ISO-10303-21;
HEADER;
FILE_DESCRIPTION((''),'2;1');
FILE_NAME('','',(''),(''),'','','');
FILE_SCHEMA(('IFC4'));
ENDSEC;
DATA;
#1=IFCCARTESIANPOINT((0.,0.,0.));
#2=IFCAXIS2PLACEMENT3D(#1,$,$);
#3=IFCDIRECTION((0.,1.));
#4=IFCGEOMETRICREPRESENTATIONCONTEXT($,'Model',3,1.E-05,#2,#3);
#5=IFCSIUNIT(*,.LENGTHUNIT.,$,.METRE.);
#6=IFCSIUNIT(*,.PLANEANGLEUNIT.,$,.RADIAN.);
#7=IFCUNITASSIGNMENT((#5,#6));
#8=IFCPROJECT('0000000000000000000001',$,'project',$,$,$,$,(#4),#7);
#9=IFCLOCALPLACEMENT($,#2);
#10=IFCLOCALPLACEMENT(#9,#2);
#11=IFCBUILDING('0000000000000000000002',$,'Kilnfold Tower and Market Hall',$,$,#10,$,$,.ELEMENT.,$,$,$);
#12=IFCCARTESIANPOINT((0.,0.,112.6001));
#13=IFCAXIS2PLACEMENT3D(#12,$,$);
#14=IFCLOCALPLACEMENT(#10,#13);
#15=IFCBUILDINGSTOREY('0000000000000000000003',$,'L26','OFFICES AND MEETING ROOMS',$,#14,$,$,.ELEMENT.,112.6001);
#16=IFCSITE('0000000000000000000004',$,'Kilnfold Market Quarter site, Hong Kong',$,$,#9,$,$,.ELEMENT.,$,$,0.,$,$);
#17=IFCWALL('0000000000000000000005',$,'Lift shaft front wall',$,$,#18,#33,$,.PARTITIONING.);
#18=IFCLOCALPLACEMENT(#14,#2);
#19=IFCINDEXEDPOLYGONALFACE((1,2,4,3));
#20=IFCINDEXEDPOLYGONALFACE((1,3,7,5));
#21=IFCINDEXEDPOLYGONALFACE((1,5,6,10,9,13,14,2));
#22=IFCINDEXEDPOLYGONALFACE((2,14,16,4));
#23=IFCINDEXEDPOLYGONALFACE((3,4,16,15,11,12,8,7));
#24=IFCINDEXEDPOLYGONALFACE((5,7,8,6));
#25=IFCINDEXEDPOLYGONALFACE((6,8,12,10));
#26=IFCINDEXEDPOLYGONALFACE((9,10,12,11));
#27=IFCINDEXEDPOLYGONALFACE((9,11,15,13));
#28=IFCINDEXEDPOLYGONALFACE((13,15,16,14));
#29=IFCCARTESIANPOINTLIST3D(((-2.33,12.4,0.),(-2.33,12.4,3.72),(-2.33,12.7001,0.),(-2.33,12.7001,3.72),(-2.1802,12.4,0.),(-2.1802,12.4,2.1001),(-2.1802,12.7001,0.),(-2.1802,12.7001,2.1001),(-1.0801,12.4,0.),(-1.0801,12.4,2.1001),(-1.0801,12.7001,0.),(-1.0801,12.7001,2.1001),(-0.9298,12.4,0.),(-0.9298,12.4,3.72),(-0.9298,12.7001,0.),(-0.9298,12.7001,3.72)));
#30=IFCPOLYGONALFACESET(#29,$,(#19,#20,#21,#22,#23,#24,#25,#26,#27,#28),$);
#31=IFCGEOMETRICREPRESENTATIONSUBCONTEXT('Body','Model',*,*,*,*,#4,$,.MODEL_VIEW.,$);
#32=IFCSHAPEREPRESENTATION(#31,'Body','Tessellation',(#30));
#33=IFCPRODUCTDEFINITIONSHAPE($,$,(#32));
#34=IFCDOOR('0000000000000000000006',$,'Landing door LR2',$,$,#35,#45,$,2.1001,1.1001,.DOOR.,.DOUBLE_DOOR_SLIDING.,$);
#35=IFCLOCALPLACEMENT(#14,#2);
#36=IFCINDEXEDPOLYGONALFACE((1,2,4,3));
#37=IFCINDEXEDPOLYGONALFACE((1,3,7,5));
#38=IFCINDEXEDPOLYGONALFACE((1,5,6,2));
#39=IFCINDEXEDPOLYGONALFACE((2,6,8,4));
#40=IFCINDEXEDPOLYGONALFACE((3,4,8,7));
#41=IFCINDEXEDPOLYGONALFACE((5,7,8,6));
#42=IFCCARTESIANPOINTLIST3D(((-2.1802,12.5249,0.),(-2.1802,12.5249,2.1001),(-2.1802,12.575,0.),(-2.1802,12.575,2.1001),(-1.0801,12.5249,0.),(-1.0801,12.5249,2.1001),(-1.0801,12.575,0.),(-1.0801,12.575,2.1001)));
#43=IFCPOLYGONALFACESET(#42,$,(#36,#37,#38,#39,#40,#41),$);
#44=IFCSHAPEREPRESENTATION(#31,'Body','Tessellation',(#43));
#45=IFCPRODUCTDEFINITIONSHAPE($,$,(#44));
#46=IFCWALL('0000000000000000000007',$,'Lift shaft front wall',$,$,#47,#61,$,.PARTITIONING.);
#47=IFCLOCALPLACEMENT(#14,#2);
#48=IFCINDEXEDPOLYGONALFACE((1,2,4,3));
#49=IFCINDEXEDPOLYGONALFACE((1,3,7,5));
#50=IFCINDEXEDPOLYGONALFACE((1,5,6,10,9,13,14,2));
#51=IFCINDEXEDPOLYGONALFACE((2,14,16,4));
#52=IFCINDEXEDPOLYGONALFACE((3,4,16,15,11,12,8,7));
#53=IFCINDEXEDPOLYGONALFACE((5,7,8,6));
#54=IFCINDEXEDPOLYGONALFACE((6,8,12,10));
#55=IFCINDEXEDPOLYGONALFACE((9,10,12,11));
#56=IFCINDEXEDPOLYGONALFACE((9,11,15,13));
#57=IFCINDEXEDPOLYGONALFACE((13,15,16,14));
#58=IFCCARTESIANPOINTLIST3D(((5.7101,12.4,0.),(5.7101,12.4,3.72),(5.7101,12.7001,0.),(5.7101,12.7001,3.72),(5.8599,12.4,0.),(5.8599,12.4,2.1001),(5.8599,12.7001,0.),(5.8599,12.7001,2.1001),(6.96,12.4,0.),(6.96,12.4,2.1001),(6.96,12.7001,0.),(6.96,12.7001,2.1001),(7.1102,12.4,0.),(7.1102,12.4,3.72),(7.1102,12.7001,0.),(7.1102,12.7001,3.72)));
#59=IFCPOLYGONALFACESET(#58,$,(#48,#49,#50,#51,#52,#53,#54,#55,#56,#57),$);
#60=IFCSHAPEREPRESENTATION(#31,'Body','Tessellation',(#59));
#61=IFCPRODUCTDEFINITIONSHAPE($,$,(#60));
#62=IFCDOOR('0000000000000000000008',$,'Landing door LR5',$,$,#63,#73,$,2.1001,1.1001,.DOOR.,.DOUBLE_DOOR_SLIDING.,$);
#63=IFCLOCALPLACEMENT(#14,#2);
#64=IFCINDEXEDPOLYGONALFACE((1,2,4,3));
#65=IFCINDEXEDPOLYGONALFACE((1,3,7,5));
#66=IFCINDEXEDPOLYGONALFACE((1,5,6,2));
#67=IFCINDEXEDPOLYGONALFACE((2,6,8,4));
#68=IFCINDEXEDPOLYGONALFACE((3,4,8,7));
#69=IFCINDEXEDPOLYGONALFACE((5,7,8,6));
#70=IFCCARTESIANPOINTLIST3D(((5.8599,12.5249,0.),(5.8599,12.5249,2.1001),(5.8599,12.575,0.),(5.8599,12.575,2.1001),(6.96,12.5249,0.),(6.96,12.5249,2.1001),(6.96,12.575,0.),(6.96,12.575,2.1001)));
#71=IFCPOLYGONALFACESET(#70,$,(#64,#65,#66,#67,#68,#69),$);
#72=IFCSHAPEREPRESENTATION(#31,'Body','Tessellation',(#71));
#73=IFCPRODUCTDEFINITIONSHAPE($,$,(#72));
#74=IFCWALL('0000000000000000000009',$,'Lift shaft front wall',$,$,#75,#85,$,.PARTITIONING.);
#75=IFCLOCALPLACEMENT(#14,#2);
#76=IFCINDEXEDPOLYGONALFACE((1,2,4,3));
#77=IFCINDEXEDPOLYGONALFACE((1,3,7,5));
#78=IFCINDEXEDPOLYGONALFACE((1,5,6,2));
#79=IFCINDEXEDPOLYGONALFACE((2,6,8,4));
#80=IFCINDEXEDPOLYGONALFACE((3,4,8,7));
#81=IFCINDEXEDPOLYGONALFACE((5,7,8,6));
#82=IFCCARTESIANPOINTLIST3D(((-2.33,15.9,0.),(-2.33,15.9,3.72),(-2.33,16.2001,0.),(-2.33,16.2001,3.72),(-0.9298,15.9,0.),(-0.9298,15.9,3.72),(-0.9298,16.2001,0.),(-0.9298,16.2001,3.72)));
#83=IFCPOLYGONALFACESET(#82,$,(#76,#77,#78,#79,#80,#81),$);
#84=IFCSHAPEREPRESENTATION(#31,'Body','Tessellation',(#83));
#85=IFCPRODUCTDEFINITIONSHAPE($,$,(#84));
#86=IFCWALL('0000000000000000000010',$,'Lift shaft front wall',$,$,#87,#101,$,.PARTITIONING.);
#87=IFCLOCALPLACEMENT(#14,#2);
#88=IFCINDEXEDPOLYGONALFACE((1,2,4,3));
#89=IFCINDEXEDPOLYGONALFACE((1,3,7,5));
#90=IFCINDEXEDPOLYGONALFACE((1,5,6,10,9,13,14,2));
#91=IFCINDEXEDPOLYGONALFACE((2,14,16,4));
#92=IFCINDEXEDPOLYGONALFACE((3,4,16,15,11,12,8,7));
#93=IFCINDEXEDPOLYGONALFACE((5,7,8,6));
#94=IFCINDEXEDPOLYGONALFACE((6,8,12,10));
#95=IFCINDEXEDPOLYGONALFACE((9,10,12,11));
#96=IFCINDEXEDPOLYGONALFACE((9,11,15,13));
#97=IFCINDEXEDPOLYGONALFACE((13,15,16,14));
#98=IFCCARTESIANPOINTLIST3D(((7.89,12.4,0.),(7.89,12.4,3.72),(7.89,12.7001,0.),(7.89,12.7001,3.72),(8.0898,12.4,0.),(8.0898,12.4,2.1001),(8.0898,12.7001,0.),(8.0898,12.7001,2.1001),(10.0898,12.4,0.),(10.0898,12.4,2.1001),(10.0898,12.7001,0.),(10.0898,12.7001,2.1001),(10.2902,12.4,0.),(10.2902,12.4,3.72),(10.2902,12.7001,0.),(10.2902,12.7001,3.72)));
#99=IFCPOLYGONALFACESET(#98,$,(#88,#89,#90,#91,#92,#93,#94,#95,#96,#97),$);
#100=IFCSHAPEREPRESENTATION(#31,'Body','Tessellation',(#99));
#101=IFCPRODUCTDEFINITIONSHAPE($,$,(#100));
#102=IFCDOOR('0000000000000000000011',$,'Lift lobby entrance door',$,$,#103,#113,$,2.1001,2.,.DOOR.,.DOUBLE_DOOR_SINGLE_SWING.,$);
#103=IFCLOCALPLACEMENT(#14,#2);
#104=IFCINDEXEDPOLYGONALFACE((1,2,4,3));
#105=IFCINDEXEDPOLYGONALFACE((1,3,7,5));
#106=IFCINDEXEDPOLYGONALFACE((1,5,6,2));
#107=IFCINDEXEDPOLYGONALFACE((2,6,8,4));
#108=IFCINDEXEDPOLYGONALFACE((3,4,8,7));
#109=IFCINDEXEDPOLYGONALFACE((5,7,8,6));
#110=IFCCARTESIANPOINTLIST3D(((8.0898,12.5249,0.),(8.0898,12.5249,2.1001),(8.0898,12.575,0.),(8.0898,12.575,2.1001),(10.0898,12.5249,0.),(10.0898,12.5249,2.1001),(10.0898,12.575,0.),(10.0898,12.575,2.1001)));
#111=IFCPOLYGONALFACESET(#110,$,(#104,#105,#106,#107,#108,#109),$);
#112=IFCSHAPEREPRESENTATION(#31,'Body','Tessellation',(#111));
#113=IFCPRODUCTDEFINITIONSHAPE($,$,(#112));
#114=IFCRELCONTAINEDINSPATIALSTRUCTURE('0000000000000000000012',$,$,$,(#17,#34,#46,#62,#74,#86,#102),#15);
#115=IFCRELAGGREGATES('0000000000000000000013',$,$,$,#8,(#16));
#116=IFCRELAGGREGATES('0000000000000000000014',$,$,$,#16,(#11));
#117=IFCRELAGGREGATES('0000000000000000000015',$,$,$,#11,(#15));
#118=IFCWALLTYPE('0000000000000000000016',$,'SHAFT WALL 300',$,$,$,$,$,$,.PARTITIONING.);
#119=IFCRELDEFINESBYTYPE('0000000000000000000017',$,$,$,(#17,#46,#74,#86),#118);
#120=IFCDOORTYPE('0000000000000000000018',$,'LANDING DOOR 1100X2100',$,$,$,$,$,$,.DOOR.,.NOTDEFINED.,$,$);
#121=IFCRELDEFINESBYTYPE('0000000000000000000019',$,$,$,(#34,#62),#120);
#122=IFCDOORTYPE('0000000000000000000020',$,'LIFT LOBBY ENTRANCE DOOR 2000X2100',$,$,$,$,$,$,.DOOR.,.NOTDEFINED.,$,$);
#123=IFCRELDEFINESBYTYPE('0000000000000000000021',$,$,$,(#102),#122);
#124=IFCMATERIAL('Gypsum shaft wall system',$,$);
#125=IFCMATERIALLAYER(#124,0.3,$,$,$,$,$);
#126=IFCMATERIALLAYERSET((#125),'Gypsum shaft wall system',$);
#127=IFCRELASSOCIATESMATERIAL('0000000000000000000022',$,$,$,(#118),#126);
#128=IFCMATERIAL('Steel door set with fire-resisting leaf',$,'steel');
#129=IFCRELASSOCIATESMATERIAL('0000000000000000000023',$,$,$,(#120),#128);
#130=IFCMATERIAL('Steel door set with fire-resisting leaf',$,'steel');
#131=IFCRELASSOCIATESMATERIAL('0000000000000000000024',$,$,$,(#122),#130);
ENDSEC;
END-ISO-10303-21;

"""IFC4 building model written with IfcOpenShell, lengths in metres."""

from ifc_helpers import new_model, si_unit, direction, frame, frame_2d, origin, place, context, subcontext, project, spatial, rectangle, extrude, source, transform, mapped, material, layer, layer_set, type_object, element, fill, save


model = new_model("IFC4")

# Units and contexts
model_context = context("Model", 3, precision=1e-05, world=origin(), true_north=direction((0.0, 1.0)))
body_context = subcontext(model_context, "Body", "Model", "MODEL_VIEW")
ifc_project = project(units=[si_unit("LENGTHUNIT", "METRE"), si_unit("PLANEANGLEUNIT", "RADIAN")], contexts=[model_context])

# Site, building, storey
site_placement = place(None, origin())
site = spatial("IfcSite", under=ifc_project, at=site_placement, Name="Kilnfold Market Quarter site, Hong Kong", CompositionType="ELEMENT", RefElevation=0.0)
building_placement = place(site_placement, origin())
building = spatial("IfcBuilding", under=site, at=building_placement, Name="Kilnfold Tower and Market Hall", CompositionType="ELEMENT")
storey_placement = place(building_placement, frame((0.0, 0.0, 112.6001)))
storey = spatial("IfcBuildingStorey", under=building, at=storey_placement, Name="L26", Description="OFFICES AND MEETING ROOMS", CompositionType="ELEMENT", Elevation=112.6001)

# Shared definitions
ifc_material_1 = material(Name="Gypsum shaft wall system")
ifc_layer_1 = layer(ifc_material_1, 0.3)
ifc_layer_set_1 = layer_set([ifc_layer_1], Name="Gypsum shaft wall system")
wall_type_1 = type_object("IfcWallType", Name="SHAFT WALL 300", PredefinedType="PARTITIONING", material=ifc_layer_set_1)
ifc_material_2 = material(Name="Steel door set with fire-resisting leaf", Category="steel")
door_type_1 = type_object("IfcDoorType", Name="LANDING DOOR 1100X2100", OperationType="NOTDEFINED", PredefinedType="DOOR", material=ifc_material_2)

# Walls, openings, doors
shared_shape_1 = source(origin(), body_context, "Body", "SweptSolid", [
    extrude(rectangle(XDim=1.4001, YDim=0.3, at=frame_2d((0.7002, 0.0))), origin(), (0.0, 0.0, 1.0), 3.72),
])
wall_1_placement = place(storey_placement, frame((-2.3301, 12.55, 0.0), z_axis=(0.0, 0.0, 1.0), x_axis=(1.0, 0.0, 0.0)))
wall_1 = element("IfcWall", 1, at=wall_1_placement, inside=storey, type_object=wall_type_1, Name="Lift shaft front wall", PredefinedType="PARTITIONING", context=body_context, shape_type="MappedRepresentation", body=[
    mapped(shared_shape_1, transform((0.0, 0.0, 0.0))),
])
opening_1_placement = place(wall_1_placement, frame((0.1499, 0.0, 0.0)))
opening_1 = element("IfcOpeningElement", 2, at=opening_1_placement, cuts=wall_1, PredefinedType="OPENING", context=body_context, shape_type="SweptSolid", body=[
    extrude(rectangle(XDim=1.1001, YDim=2.1001, at=frame_2d((0.55, 1.05))), frame((0.0, 0.1602, 0.0), z_axis=(0.0, -1.0, 0.0), x_axis=(1.0, 0.0, 0.0)), (0.0, 0.0, 1.0), 0.3201),
])
door_1_placement = place(opening_1_placement, origin())
door_1 = element("IfcDoor", 3, at=door_1_placement, inside=storey, type_object=door_type_1, Name="Landing door LR2", OperationType="DOUBLE_DOOR_SLIDING", OverallHeight=2.1001, OverallWidth=1.1001, PredefinedType="DOOR", context=body_context, shape_type="SweptSolid", body=[
    extrude(rectangle(XDim=1.1001, YDim=2.1001, at=frame_2d((0.55, 1.05))), frame((0.0, 0.0249, 0.0), z_axis=(0.0, -1.0, 0.0), x_axis=(1.0, 0.0, 0.0)), (0.0, 0.0, 1.0), 0.05),
])
fill(opening_1, door_1)
wall_2_placement = place(storey_placement, frame((5.71, 12.55, 0.0), z_axis=(0.0, 0.0, 1.0), x_axis=(1.0, 0.0, 0.0)))
wall_2 = element("IfcWall", 4, at=wall_2_placement, inside=storey, type_object=wall_type_1, Name="Lift shaft front wall", PredefinedType="PARTITIONING", context=body_context, shape_type="MappedRepresentation", body=[
    mapped(shared_shape_1, transform((0.0, 0.0, 0.0))),
])
opening_2_placement = place(wall_2_placement, frame((0.1499, 0.0, 0.0)))
opening_2 = element("IfcOpeningElement", 5, at=opening_2_placement, cuts=wall_2, PredefinedType="OPENING", context=body_context, shape_type="SweptSolid", body=[
    extrude(rectangle(XDim=1.1001, YDim=2.1001, at=frame_2d((0.55, 1.05))), frame((0.0, 0.1602, 0.0), z_axis=(0.0, -1.0, 0.0), x_axis=(1.0, 0.0, 0.0)), (0.0, 0.0, 1.0), 0.3201),
])
door_2_placement = place(opening_2_placement, origin())
door_2 = element("IfcDoor", 6, at=door_2_placement, inside=storey, type_object=door_type_1, Name="Landing door LR5", OperationType="DOUBLE_DOOR_SLIDING", OverallHeight=2.1001, OverallWidth=1.1001, PredefinedType="DOOR", context=body_context, shape_type="SweptSolid", body=[
    extrude(rectangle(XDim=1.1001, YDim=2.1001, at=frame_2d((0.55, 1.05))), frame((0.0, 0.0249, 0.0), z_axis=(0.0, -1.0, 0.0), x_axis=(1.0, 0.0, 0.0)), (0.0, 0.0, 1.0), 0.05),
])
fill(opening_2, door_2)

# Wall
wall_3_placement = place(storey_placement, frame((-2.3301, 16.05, 0.0), z_axis=(0.0, 0.0, 1.0), x_axis=(1.0, 0.0, 0.0)))
element("IfcWall", 7, at=wall_3_placement, inside=storey, type_object=wall_type_1, Name="Lift shaft front wall", PredefinedType="PARTITIONING", context=body_context, shape_type="MappedRepresentation", body=[
    mapped(shared_shape_1, transform((0.0, 0.0, 0.0))),
])

# Wall, opening, door
shared_shape_2 = source(origin(), body_context, "Body", "SweptSolid", [
    extrude(rectangle(XDim=2.4001, YDim=0.3, at=frame_2d((1.2002, 0.0))), origin(), (0.0, 0.0, 1.0), 3.72),
])
wall_4_placement = place(storey_placement, frame((7.8899, 12.55, 0.0), z_axis=(0.0, 0.0, 1.0), x_axis=(1.0, 0.0, 0.0)))
wall_4 = element("IfcWall", 8, at=wall_4_placement, inside=storey, type_object=wall_type_1, Name="Lift shaft front wall", PredefinedType="PARTITIONING", context=body_context, shape_type="MappedRepresentation", body=[
    mapped(shared_shape_2, transform((0.0, 0.0, 0.0))),
])
opening_3_placement = place(wall_4_placement, frame((0.2, 0.0, 0.0)))
opening_3 = element("IfcOpeningElement", 9, at=opening_3_placement, cuts=wall_4, PredefinedType="OPENING", context=body_context, shape_type="SweptSolid", body=[
    extrude(rectangle(XDim=2.0, YDim=2.1001, at=frame_2d((1.0, 1.05))), frame((0.0, 0.1602, 0.0), z_axis=(0.0, -1.0, 0.0), x_axis=(1.0, 0.0, 0.0)), (0.0, 0.0, 1.0), 0.3201),
])
ifc_material_3 = material(Name="Steel door set with fire-resisting leaf", Category="steel")
door_type_2 = type_object("IfcDoorType", Name="LIFT LOBBY ENTRANCE DOOR 2000X2100", OperationType="NOTDEFINED", PredefinedType="DOOR", material=ifc_material_3)
door_3_placement = place(opening_3_placement, origin())
door_3 = element("IfcDoor", 10, at=door_3_placement, inside=storey, type_object=door_type_2, Name="Lift lobby entrance door", OperationType="DOUBLE_DOOR_SINGLE_SWING", OverallHeight=2.1001, OverallWidth=2.0, PredefinedType="DOOR", context=body_context, shape_type="SweptSolid", body=[
    extrude(rectangle(XDim=2.0, YDim=2.1001, at=frame_2d((1.0, 1.05))), frame((0.0, 0.0249, 0.0), z_axis=(0.0, -1.0, 0.0), x_axis=(1.0, 0.0, 0.0)), (0.0, 0.0, 1.0), 0.05),
])
fill(opening_3, door_3)

save(model, "model.ifc")
